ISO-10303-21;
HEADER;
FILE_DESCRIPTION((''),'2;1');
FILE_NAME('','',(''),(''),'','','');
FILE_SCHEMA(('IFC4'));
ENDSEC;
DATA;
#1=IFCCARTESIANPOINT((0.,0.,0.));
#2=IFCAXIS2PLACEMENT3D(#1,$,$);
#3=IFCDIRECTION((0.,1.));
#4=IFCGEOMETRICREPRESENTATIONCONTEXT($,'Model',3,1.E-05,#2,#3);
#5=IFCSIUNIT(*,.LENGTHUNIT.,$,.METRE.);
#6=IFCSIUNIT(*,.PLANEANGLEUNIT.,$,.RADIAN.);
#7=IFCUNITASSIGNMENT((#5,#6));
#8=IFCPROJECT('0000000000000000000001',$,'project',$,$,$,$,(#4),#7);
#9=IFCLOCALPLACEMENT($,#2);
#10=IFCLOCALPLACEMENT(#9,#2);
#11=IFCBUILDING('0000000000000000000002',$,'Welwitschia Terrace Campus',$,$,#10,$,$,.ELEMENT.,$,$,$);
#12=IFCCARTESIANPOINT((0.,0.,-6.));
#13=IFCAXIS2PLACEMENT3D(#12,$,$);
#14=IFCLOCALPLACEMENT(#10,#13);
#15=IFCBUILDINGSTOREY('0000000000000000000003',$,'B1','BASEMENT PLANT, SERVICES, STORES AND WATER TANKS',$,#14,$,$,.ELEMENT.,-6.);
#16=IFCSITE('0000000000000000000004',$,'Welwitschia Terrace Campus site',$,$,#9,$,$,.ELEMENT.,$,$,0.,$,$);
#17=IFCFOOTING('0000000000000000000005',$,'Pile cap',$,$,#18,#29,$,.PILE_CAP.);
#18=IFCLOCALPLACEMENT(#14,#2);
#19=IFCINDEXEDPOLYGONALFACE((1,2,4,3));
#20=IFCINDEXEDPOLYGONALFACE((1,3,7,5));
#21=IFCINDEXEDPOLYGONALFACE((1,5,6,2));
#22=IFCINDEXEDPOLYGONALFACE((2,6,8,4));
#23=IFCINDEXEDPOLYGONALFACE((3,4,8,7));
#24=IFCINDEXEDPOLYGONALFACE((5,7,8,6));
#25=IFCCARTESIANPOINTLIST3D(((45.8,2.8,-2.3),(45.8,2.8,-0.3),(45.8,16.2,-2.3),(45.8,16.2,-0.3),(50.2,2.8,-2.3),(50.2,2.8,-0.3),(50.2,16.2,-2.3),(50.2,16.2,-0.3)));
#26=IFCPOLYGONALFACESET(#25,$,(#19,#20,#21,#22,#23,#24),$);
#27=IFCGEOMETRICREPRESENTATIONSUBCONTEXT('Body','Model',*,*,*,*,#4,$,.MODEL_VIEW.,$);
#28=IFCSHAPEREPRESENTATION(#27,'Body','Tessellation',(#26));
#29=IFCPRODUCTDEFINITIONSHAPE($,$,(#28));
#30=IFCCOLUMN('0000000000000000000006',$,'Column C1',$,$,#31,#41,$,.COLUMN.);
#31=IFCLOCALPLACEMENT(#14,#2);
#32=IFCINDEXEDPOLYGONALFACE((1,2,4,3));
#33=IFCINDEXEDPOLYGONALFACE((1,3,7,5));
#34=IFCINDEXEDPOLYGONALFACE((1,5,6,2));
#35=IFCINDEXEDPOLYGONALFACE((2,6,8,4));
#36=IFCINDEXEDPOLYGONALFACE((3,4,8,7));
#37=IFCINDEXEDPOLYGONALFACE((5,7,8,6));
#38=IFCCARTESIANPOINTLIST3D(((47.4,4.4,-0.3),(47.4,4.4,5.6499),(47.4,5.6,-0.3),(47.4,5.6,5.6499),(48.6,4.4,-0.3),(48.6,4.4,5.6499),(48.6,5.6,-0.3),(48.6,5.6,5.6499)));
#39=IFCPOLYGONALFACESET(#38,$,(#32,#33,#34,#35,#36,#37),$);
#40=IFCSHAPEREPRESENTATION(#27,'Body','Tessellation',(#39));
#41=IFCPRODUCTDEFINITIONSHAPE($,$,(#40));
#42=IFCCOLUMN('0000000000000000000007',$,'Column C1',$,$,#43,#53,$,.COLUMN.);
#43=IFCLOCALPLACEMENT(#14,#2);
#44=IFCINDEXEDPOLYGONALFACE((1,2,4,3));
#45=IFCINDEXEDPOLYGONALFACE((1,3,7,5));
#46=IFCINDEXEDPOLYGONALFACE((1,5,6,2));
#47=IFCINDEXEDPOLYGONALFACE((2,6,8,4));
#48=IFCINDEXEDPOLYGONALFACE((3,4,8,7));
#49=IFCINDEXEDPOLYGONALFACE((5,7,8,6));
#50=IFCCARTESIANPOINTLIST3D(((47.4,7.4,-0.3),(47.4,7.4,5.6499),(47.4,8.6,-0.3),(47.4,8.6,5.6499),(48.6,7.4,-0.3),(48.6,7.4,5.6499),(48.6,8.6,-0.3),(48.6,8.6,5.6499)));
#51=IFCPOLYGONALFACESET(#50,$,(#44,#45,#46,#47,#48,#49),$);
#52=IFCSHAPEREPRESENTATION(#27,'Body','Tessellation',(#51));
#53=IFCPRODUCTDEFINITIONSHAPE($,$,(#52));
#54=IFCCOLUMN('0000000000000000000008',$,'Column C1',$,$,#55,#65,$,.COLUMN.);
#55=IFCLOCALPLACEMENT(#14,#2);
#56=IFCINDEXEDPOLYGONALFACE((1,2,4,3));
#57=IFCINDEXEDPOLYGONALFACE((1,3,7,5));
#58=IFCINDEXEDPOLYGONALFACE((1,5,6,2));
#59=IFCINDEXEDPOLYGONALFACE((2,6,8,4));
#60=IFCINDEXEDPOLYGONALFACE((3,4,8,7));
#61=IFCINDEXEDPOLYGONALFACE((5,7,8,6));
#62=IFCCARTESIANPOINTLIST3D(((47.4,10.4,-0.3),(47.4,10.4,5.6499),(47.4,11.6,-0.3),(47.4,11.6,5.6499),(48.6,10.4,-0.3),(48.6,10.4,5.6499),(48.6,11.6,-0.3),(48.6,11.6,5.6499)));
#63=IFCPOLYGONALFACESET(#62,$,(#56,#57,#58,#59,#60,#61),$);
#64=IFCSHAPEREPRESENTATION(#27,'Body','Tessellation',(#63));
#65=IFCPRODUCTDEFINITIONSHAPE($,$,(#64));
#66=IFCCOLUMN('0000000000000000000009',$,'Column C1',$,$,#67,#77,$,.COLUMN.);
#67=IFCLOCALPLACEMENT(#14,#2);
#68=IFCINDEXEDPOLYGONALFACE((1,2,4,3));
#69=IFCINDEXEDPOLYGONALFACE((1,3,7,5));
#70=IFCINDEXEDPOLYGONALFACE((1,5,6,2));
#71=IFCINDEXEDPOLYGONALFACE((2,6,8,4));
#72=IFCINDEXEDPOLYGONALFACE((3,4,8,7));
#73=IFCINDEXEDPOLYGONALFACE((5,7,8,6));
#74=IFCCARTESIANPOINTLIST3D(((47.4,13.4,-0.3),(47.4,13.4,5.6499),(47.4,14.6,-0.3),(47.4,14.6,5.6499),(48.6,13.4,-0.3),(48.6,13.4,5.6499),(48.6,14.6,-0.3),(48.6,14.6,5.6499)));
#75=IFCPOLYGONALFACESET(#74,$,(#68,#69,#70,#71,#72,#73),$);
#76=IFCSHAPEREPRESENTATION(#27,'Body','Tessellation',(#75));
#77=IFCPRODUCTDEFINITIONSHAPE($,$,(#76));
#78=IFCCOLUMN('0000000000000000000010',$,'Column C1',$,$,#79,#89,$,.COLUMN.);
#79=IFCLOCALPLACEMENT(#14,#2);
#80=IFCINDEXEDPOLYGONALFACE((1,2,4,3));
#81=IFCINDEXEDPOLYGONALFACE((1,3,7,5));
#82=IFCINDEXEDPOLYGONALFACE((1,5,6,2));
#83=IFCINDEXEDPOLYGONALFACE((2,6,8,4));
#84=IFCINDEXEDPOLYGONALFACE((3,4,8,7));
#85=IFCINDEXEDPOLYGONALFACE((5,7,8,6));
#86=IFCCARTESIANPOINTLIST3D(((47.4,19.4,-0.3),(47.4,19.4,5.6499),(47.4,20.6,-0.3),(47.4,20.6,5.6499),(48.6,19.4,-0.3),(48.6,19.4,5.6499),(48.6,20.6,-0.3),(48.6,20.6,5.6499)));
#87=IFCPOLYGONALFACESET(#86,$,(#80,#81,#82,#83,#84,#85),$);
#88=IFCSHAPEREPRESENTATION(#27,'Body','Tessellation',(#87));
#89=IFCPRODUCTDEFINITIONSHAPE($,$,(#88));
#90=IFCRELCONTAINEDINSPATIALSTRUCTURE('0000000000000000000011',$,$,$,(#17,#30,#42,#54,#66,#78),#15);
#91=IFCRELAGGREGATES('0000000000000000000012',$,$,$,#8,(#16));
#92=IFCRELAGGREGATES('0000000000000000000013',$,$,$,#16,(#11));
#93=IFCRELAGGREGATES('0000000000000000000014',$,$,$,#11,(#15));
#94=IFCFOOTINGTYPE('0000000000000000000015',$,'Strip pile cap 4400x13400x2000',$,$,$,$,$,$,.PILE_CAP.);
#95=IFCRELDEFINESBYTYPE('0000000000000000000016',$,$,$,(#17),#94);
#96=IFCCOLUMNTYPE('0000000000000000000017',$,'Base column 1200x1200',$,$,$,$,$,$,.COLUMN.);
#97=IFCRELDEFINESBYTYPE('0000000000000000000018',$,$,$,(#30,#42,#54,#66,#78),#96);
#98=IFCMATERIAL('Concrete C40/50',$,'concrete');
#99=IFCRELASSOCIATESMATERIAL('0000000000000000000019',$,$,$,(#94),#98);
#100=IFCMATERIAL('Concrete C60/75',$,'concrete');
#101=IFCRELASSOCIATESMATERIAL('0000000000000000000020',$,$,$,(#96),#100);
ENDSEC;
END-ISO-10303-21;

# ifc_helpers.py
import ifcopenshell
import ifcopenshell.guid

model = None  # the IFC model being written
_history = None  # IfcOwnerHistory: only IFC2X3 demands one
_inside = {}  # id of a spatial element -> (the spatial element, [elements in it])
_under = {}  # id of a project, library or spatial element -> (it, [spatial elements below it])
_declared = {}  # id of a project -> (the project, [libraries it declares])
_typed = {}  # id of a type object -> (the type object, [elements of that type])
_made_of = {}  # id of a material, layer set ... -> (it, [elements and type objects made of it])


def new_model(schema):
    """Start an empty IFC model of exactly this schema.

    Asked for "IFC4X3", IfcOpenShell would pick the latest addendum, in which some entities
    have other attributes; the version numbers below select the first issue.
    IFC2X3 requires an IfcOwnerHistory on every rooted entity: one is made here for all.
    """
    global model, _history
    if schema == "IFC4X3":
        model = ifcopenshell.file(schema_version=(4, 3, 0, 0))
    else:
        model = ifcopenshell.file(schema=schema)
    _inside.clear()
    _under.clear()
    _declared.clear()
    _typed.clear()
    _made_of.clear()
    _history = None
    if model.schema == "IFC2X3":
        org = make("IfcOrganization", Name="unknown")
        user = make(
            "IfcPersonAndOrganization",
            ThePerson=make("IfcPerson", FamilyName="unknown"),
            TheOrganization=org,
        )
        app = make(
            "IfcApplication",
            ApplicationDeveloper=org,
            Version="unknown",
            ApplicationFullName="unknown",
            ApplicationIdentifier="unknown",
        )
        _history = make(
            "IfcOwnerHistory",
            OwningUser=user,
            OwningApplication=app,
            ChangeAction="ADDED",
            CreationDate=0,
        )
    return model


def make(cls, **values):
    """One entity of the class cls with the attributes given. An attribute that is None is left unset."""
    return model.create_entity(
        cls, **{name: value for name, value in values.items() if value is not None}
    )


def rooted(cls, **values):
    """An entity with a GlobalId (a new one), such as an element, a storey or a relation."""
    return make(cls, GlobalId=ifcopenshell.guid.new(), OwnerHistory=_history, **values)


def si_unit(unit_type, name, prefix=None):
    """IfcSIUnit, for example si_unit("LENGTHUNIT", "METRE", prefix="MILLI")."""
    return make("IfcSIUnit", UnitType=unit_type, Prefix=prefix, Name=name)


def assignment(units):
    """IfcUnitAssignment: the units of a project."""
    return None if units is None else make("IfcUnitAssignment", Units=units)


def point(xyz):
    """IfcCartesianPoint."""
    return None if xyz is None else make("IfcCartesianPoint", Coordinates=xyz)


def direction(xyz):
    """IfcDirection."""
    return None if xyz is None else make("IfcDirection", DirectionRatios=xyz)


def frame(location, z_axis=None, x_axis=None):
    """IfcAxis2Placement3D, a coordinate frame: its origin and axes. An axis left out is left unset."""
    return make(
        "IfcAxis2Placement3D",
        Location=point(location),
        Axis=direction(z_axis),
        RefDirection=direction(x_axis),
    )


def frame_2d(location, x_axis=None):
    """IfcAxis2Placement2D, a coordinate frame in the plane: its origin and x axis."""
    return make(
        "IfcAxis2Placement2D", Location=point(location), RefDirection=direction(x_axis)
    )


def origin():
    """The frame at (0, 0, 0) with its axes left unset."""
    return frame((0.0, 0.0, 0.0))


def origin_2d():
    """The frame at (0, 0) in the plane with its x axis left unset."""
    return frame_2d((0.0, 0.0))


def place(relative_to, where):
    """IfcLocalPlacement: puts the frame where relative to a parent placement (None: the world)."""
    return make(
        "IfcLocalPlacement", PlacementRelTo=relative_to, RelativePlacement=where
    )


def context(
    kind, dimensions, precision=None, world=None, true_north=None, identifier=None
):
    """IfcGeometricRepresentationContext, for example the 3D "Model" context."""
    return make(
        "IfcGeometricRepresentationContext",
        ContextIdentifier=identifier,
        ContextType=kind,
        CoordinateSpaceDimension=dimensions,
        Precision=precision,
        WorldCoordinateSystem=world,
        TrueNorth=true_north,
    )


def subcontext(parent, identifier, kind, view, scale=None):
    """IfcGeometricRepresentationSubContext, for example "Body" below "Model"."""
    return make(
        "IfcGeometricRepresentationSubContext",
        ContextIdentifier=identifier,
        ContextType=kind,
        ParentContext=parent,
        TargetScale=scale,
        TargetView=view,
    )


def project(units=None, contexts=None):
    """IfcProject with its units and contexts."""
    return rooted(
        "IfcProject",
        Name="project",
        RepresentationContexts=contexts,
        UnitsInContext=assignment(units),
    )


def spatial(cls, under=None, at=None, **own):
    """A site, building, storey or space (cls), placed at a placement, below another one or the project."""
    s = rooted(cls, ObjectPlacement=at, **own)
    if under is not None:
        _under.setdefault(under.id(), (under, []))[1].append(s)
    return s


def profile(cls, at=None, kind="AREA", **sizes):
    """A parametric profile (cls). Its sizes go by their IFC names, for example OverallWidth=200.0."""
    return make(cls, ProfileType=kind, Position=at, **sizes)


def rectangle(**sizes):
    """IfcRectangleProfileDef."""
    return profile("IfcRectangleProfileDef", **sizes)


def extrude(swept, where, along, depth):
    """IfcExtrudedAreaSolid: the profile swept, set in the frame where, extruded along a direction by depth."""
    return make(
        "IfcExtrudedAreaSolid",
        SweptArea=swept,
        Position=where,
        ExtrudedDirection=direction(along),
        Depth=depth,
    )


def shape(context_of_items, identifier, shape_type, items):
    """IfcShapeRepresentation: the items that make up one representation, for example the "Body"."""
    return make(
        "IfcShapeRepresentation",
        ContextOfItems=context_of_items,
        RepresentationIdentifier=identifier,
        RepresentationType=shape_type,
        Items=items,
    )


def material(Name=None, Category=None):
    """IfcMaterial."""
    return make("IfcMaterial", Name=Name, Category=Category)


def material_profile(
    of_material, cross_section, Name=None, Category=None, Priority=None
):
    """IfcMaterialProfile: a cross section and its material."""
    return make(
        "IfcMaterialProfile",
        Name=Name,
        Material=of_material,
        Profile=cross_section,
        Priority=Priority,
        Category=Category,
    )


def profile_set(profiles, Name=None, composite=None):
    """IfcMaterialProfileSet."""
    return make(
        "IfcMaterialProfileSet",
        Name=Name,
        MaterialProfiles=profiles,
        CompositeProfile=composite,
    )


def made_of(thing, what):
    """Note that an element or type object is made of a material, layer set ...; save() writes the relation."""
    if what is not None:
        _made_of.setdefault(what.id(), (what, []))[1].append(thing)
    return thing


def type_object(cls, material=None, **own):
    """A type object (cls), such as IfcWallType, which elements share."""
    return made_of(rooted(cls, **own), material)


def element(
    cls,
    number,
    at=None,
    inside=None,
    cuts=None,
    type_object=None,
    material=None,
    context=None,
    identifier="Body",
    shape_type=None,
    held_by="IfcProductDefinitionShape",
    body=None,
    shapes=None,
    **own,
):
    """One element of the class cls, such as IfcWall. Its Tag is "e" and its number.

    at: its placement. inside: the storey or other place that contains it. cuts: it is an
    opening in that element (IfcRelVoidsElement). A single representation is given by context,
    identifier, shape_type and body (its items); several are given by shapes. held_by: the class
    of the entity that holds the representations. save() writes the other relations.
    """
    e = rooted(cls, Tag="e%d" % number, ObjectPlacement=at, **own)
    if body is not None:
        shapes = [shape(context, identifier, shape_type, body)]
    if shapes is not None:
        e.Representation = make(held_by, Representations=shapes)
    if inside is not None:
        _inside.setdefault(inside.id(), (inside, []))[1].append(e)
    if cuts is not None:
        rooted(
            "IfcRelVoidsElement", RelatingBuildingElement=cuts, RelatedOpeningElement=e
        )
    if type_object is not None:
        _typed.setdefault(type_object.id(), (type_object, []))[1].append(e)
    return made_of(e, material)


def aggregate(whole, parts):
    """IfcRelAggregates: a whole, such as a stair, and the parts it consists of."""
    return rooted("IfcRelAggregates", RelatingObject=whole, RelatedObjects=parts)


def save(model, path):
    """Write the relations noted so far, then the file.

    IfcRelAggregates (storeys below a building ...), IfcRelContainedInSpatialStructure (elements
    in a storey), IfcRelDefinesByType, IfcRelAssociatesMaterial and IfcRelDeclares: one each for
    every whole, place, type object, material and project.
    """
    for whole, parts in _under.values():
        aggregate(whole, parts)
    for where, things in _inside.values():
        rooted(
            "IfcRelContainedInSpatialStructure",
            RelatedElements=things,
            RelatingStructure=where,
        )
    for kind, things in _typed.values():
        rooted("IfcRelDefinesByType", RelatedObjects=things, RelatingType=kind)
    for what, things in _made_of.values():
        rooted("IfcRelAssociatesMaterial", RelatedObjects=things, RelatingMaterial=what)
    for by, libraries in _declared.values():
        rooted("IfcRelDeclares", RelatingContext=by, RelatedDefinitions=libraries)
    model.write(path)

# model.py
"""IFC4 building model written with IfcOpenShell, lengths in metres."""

from ifc_helpers import new_model, si_unit, direction, frame, origin, origin_2d, place, context, subcontext, project, spatial, rectangle, extrude, material, material_profile, profile_set, type_object, element, save


model = new_model("IFC4")

# Units and contexts
model_context = context("Model", 3, precision=1e-05, world=origin(), true_north=direction((0.0, 1.0)))
body_context = subcontext(model_context, "Body", "Model", "MODEL_VIEW")
ifc_project = project(units=[si_unit("LENGTHUNIT", "METRE"), si_unit("PLANEANGLEUNIT", "RADIAN")], contexts=[model_context])

# Site, building, storey
site_placement = place(None, origin())
site = spatial("IfcSite", under=ifc_project, at=site_placement, Name="Welwitschia Terrace Campus site", CompositionType="ELEMENT", RefElevation=0.0)
building_placement = place(site_placement, origin())
building = spatial("IfcBuilding", under=site, at=building_placement, Name="Welwitschia Terrace Campus", CompositionType="ELEMENT")
storey_placement = place(building_placement, frame((0.0, 0.0, -6.0)))
storey = spatial("IfcBuildingStorey", under=building, at=storey_placement, Name="B1", Description="BASEMENT PLANT, SERVICES, STORES AND WATER TANKS", CompositionType="ELEMENT", Elevation=-6.0)

# Footing
ifc_material_1 = material(Name="Concrete C40/50", Category="concrete")
footing_type_1 = type_object("IfcFootingType", Name="Strip pile cap 4400x13400x2000", PredefinedType="PILE_CAP", material=ifc_material_1)
footing_placement = place(storey_placement, frame((48.0, 9.5, -2.3), z_axis=(0.0, 0.0, 1.0), x_axis=(1.0, 0.0, 0.0)))
element("IfcFooting", 1, at=footing_placement, inside=storey, type_object=footing_type_1, Name="Pile cap", PredefinedType="PILE_CAP", context=body_context, shape_type="SweptSolid", body=[
    extrude(rectangle(XDim=4.3999, YDim=13.3999, at=origin_2d()), origin(), (0.0, 0.0, 1.0), 2.0),
])

# Columns
ifc_material_2 = material(Name="Concrete C60/75", Category="concrete")
ifc_material_profile = material_profile(ifc_material_2, rectangle(XDim=1.2, YDim=1.2, at=origin_2d()))
ifc_profile_set = profile_set([ifc_material_profile], Name="Concrete C60/75")
column_type = type_object("IfcColumnType", Name="Base column 1200x1200", PredefinedType="COLUMN", material=ifc_profile_set)
for number, where, z_axis, x_axis, name in (
    (2, (48.0, 5.0, -0.3), (0.0, 0.0, 1.0), (1.0, 0.0, 0.0), "Column C1"),
    (3, (48.0, 8.0, -0.3), (0.0, 0.0, 1.0), (1.0, 0.0, 0.0), "Column C1"),
    (4, (48.0, 11.0, -0.3), (0.0, 0.0, 1.0), (1.0, 0.0, 0.0), "Column C1"),
    (5, (48.0, 14.0, -0.3), (0.0, 0.0, 1.0), (1.0, 0.0, 0.0), "Column C1"),
    (6, (48.0, 20.0, -0.3), (0.0, 0.0, 1.0), (1.0, 0.0, 0.0), "Column C1"),
):
    element("IfcColumn", number, at=place(storey_placement, frame(where, z_axis=z_axis, x_axis=x_axis)), inside=storey, type_object=column_type, Name=name, PredefinedType="COLUMN", context=body_context, shape_type="SweptSolid", body=[
        extrude(rectangle(XDim=1.2, YDim=1.2, at=origin_2d()), origin(), (0.0, 0.0, 1.0), 5.95),
    ])

save(model, "model.ifc")
